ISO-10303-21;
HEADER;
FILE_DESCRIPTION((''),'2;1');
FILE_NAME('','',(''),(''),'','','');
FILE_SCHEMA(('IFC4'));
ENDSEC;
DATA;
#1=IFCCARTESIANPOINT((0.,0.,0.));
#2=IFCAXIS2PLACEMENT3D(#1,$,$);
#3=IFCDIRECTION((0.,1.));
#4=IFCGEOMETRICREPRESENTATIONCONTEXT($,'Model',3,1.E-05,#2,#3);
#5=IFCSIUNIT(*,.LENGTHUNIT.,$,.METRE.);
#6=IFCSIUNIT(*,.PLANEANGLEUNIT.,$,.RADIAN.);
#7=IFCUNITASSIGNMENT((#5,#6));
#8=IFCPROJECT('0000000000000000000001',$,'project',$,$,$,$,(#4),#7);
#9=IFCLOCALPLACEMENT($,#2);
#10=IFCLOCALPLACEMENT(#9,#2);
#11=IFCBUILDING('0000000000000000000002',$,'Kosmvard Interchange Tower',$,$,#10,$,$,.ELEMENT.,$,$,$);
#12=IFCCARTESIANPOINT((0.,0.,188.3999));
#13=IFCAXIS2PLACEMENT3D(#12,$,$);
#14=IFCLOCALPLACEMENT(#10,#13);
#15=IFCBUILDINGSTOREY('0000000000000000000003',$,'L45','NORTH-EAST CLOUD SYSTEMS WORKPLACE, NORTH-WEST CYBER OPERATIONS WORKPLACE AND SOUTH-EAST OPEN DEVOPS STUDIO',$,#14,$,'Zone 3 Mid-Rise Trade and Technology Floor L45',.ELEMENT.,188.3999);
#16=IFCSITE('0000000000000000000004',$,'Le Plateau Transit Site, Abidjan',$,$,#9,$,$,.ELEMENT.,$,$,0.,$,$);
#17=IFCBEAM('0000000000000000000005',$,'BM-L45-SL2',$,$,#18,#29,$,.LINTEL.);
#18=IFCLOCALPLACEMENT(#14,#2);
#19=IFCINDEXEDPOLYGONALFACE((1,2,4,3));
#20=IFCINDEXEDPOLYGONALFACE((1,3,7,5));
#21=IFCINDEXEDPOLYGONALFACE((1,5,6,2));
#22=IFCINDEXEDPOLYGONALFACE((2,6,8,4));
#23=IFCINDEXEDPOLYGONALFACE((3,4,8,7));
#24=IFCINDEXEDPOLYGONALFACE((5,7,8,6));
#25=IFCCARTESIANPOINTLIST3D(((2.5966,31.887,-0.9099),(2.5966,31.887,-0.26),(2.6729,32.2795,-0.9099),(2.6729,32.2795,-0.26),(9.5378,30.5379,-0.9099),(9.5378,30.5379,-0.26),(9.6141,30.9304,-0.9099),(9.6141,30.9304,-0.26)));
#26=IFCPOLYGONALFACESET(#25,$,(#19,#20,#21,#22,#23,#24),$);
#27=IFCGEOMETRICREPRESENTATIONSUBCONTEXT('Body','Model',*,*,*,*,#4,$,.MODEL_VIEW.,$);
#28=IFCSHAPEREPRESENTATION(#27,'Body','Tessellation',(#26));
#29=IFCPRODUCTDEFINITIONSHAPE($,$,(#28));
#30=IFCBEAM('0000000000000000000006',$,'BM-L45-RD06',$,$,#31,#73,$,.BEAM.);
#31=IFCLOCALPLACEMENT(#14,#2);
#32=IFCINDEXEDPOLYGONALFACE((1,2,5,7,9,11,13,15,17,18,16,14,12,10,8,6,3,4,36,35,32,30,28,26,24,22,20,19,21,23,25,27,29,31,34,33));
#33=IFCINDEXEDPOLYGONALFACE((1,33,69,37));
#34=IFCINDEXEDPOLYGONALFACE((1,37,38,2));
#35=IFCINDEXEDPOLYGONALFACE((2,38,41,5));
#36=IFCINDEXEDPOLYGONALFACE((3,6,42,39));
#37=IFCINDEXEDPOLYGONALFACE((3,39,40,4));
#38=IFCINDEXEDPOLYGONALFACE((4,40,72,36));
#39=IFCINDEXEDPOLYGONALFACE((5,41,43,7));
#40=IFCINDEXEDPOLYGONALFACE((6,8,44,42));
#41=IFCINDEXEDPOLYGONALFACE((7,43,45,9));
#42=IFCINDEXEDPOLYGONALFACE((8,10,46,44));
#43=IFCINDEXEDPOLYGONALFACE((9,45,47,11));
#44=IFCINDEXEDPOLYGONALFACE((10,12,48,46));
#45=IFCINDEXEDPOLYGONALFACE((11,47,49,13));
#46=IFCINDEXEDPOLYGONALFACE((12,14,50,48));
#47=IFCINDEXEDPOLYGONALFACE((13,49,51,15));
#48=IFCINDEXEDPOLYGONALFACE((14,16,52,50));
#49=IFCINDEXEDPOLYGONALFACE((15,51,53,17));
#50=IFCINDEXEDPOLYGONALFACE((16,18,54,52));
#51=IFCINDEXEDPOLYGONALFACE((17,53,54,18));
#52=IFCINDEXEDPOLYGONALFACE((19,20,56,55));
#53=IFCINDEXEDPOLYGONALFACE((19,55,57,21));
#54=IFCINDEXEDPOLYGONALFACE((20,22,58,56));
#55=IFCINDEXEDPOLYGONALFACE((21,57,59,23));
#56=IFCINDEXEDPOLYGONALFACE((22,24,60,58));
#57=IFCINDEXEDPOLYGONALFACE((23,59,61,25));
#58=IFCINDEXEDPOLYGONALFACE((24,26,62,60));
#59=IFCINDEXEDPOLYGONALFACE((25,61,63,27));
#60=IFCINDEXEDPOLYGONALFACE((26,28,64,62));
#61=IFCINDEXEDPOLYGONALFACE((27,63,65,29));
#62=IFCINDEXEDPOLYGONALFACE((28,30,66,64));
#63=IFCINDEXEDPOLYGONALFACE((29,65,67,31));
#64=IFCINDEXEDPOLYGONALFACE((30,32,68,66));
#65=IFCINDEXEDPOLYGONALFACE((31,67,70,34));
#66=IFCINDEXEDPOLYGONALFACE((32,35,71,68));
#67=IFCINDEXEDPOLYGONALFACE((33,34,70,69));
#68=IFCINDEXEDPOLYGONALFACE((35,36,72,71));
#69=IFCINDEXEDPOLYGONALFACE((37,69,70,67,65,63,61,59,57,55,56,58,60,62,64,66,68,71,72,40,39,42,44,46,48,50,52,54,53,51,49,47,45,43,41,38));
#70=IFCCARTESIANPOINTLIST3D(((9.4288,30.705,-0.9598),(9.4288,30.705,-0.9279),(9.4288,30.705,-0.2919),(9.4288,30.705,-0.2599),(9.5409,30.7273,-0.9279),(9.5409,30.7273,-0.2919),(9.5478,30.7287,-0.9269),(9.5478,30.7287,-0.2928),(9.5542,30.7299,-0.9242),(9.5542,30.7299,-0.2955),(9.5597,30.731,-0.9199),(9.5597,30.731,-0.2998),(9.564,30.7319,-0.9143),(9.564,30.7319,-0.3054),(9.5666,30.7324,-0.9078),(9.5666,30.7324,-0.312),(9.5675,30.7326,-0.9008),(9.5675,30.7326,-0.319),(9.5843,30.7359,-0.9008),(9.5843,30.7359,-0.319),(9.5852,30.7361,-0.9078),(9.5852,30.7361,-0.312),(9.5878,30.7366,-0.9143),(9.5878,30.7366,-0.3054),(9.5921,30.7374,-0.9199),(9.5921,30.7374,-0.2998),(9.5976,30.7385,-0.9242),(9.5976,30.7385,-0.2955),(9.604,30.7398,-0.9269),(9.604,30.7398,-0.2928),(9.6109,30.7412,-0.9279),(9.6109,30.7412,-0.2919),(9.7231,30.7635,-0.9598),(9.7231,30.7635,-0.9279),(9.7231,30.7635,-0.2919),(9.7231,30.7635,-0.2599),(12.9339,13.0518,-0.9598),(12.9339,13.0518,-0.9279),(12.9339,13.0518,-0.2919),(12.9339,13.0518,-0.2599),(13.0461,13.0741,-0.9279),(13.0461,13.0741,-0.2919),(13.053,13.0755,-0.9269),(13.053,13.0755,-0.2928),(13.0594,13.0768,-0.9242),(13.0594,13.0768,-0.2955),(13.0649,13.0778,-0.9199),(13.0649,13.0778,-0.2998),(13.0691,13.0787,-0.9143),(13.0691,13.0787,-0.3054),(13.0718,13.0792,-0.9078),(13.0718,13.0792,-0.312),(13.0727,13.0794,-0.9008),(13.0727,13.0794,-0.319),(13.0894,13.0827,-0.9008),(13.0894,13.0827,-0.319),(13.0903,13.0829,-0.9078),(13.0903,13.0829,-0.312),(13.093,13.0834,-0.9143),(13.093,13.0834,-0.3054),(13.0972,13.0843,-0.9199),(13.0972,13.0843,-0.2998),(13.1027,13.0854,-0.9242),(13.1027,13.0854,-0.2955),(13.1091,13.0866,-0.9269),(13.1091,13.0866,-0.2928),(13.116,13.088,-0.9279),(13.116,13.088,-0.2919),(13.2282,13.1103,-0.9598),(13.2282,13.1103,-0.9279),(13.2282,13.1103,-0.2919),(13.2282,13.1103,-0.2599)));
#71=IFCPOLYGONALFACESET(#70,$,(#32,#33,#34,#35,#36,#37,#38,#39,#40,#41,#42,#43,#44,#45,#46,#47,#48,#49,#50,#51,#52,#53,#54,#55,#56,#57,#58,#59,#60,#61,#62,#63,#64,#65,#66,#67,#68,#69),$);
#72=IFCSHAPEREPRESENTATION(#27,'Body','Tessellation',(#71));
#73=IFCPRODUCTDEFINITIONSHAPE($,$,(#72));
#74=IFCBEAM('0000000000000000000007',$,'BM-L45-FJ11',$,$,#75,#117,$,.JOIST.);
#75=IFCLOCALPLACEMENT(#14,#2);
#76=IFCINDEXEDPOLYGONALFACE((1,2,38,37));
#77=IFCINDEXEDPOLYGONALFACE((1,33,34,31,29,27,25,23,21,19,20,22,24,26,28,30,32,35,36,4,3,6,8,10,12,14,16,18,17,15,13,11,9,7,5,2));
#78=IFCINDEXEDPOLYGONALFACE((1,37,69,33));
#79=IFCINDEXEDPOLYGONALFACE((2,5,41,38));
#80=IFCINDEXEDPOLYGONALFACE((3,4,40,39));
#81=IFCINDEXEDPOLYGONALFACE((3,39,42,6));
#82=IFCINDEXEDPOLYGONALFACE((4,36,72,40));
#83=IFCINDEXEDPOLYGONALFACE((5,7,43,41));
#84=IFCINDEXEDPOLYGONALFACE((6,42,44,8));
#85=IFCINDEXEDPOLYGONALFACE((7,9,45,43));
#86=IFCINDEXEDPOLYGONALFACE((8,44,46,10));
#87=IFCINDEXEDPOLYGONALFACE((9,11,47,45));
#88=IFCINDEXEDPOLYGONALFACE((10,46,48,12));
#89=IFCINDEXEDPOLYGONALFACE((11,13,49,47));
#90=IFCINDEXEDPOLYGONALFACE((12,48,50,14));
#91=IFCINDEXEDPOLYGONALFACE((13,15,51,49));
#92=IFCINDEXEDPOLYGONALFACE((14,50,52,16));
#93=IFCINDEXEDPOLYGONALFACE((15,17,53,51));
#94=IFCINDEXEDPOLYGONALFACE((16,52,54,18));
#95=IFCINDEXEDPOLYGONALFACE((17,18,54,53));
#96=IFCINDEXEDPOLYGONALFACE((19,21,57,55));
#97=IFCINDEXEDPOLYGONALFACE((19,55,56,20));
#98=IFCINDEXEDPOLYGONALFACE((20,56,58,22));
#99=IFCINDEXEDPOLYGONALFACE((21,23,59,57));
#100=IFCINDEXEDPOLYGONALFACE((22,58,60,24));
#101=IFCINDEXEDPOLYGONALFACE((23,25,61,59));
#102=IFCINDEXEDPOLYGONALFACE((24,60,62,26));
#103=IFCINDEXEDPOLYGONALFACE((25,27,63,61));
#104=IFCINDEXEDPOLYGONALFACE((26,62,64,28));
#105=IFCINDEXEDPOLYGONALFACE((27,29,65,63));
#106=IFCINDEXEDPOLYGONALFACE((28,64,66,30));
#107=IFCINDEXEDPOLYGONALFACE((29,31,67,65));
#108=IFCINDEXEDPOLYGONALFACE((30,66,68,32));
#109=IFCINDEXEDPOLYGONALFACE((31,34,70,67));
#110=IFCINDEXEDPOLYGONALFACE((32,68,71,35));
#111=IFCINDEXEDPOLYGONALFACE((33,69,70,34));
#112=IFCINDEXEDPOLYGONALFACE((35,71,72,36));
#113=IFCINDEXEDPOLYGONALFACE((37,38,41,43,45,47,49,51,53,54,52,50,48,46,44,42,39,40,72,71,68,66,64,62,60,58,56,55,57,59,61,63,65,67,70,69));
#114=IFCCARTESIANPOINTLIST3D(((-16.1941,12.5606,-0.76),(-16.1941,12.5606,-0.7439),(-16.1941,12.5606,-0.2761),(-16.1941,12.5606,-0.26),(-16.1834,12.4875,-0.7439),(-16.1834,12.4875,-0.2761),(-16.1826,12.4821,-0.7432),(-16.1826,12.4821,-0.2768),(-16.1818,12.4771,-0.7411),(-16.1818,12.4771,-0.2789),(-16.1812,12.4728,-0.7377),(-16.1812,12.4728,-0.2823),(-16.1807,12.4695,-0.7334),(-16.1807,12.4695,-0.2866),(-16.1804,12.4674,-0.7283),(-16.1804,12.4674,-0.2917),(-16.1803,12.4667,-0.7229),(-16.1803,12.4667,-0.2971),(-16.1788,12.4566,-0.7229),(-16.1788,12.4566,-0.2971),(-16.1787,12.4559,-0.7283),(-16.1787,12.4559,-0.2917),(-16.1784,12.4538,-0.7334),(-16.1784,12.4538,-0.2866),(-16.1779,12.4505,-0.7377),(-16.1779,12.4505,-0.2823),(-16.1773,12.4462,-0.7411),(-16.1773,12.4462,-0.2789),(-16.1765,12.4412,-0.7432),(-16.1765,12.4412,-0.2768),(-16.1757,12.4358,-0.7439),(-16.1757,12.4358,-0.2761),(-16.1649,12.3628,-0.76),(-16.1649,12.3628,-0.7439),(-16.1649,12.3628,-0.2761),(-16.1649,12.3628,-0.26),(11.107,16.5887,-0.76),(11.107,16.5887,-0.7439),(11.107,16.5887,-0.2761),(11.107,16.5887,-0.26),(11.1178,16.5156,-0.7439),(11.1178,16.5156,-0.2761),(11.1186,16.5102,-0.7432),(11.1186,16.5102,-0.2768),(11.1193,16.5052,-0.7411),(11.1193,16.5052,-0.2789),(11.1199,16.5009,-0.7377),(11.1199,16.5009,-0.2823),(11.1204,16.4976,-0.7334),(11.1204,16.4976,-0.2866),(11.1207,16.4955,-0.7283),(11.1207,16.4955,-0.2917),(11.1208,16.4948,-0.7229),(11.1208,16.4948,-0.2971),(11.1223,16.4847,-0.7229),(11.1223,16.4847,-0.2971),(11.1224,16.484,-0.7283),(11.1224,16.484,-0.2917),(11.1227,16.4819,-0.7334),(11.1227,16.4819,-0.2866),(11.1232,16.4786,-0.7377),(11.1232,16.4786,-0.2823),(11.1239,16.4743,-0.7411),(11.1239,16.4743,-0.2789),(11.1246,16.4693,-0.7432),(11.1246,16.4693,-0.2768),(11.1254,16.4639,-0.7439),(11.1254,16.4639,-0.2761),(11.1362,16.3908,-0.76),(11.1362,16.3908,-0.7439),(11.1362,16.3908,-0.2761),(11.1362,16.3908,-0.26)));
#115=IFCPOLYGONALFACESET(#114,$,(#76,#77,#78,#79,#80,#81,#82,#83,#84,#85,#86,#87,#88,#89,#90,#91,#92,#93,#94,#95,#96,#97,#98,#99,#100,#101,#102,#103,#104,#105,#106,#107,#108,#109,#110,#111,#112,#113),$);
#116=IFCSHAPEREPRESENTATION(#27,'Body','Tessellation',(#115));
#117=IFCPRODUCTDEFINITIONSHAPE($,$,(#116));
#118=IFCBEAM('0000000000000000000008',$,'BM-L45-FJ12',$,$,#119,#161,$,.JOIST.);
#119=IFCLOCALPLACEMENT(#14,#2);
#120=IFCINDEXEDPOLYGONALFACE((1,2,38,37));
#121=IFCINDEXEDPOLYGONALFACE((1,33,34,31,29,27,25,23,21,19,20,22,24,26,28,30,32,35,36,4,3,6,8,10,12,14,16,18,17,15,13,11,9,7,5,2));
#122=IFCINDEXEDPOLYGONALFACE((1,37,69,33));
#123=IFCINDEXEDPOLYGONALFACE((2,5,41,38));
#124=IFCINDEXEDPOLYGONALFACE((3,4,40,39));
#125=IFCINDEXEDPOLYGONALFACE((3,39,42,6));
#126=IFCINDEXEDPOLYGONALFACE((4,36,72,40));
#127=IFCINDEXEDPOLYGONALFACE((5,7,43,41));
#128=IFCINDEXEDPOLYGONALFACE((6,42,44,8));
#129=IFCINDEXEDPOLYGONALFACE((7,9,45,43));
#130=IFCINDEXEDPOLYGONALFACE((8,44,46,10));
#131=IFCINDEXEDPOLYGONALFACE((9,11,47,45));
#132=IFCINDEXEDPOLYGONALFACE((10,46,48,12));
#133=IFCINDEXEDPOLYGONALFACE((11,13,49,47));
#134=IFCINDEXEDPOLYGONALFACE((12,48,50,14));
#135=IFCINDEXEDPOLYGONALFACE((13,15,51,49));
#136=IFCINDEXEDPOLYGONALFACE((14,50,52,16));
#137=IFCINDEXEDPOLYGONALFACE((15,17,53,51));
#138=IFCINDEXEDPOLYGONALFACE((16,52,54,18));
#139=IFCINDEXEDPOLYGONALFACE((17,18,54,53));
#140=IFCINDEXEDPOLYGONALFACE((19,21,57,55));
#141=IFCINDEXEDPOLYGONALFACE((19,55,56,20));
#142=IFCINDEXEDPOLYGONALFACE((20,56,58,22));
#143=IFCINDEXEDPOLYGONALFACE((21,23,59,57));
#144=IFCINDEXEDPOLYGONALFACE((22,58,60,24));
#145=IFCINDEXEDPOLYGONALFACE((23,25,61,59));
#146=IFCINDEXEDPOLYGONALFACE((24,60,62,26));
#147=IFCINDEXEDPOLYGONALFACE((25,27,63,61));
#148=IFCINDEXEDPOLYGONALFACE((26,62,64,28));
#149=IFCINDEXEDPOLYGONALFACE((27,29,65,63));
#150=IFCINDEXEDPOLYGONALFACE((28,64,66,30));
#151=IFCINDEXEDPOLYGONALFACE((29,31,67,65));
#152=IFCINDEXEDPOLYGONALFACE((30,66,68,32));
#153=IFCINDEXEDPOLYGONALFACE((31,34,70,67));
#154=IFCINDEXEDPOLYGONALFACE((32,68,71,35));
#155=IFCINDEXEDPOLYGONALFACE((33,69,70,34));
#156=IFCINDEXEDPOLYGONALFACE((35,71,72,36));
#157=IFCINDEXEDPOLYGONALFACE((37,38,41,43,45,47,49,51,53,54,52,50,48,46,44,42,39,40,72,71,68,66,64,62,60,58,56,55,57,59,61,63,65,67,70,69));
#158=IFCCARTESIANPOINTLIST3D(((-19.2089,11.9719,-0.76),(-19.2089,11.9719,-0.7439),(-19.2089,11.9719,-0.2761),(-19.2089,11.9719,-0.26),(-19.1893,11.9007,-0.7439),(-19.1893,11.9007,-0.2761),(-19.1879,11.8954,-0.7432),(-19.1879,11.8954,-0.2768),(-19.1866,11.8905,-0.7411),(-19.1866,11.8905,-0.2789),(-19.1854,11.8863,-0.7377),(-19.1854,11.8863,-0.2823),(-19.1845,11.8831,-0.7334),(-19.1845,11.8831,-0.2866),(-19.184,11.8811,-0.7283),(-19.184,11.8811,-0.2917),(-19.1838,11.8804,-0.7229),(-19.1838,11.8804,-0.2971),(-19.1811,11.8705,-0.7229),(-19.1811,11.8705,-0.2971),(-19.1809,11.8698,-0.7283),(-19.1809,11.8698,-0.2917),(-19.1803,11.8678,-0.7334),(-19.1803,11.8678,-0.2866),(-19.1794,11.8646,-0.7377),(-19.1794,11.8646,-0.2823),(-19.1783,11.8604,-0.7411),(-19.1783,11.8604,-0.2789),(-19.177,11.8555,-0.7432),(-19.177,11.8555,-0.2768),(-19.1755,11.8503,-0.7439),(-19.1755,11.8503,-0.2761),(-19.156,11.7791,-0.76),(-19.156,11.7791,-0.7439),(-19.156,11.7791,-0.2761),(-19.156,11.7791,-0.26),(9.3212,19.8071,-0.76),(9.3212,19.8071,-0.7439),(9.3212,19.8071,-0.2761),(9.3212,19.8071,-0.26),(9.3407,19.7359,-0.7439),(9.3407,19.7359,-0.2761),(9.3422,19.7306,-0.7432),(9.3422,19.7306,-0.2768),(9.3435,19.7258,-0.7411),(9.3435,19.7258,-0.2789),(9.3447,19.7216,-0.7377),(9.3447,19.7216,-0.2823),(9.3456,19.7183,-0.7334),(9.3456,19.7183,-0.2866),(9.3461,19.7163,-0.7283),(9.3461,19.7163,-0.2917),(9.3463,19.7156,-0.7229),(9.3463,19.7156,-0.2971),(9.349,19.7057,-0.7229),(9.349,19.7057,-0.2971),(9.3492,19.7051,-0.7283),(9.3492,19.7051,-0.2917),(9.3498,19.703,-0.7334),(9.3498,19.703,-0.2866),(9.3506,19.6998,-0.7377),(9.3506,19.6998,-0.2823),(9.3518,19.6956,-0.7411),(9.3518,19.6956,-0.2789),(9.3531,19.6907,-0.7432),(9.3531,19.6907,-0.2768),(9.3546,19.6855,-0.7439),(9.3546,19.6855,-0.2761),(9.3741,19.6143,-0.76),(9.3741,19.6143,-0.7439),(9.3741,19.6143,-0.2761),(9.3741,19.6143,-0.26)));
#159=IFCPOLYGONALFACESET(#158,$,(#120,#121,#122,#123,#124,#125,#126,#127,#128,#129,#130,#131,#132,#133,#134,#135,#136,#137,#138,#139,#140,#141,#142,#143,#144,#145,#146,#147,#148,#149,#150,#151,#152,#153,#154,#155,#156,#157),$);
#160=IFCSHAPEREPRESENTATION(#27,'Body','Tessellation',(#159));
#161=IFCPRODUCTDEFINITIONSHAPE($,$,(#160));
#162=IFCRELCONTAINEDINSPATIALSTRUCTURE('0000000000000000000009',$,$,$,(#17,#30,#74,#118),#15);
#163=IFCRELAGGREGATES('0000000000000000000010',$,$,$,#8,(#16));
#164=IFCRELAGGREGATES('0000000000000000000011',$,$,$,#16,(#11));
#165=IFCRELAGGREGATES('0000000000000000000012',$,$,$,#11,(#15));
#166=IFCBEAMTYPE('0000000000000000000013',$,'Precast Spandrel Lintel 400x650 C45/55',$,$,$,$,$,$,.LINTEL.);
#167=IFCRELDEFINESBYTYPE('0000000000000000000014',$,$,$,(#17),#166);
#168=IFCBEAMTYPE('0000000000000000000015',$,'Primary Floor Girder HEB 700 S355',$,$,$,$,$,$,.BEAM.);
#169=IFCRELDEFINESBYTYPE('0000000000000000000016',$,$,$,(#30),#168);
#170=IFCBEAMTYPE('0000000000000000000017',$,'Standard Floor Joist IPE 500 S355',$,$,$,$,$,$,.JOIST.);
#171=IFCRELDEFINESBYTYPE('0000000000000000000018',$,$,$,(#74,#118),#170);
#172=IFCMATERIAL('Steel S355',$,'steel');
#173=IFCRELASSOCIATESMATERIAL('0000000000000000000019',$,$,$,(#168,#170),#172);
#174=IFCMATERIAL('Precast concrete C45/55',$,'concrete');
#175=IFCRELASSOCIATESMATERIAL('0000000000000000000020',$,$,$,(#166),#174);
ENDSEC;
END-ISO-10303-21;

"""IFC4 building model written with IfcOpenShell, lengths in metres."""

from ifc_helpers import new_model, si_unit, direction, frame, origin, origin_2d, place, context, subcontext, project, spatial, rectangle, i_section, extrude, source, transform, mapped, material, material_profile, profile_set, type_object, element, save


model = new_model("IFC4")

# Units and contexts
model_context = context("Model", 3, precision=1e-05, world=origin(), true_north=direction((0.0, 1.0)))
body_context = subcontext(model_context, "Body", "Model", "MODEL_VIEW")
ifc_project = project(units=[si_unit("LENGTHUNIT", "METRE"), si_unit("PLANEANGLEUNIT", "RADIAN")], contexts=[model_context])

# Site, building, storey
site_placement = place(None, origin())
site = spatial("IfcSite", under=ifc_project, at=site_placement, Name="Le Plateau Transit Site, Abidjan", CompositionType="ELEMENT", RefElevation=0.0)
building_placement = place(site_placement, origin())
building = spatial("IfcBuilding", under=site, at=building_placement, Name="Kosmvard Interchange Tower", CompositionType="ELEMENT")
storey_placement = place(building_placement, frame((0.0, 0.0, 188.3999)))
storey = spatial("IfcBuildingStorey", under=building, at=storey_placement, Name="L45", Description="NORTH-EAST CLOUD SYSTEMS WORKPLACE, NORTH-WEST CYBER OPERATIONS WORKPLACE AND SOUTH-EAST OPEN DEVOPS STUDIO", LongName="Zone 3 Mid-Rise Trade and Technology Floor L45", CompositionType="ELEMENT", Elevation=188.3999)

# Beams
ifc_material_1 = material(Name="Steel S355", Category="steel")
ifc_material_profile_1 = material_profile(ifc_material_1, i_section(OverallWidth=0.3, OverallDepth=0.7, WebThickness=0.0171, FlangeThickness=0.032, FilletRadius=0.0271, at=origin_2d()), Name="HEB 700")
ifc_profile_set_1 = profile_set([ifc_material_profile_1], Name="Steel S355")
beam_type_1 = type_object("IfcBeamType", Name="Primary Floor Girder HEB 700 S355", PredefinedType="BEAM", material=ifc_profile_set_1)
ifc_material_2 = material(Name="Precast concrete C45/55", Category="concrete")
ifc_material_profile_2 = material_profile(ifc_material_2, rectangle(XDim=0.3999, YDim=0.6499, at=origin_2d()), Name="SL 400x650")
ifc_profile_set_2 = profile_set([ifc_material_profile_2], Name="Precast concrete C45/55")
beam_type_2 = type_object("IfcBeamType", Name="Precast Spandrel Lintel 400x650 C45/55", PredefinedType="LINTEL", material=ifc_profile_set_2)
shared_shape_1 = source(origin(), body_context, "Body", "SweptSolid", [
    extrude(rectangle(XDim=0.3999, YDim=0.6499, at=origin_2d()), origin(), (0.0, 0.0, 1.0), 7.071),
])
beam_1_placement = place(storey_placement, frame((9.5759, 30.7341, -0.585), z_axis=(-0.98163, 0.190795, 0.0), x_axis=(-0.190795, -0.98163, 0.0)))
element("IfcBeam", 1, at=beam_1_placement, inside=storey, type_object=beam_type_2, Name="BM-L45-SL2", PredefinedType="LINTEL", context=body_context, shape_type="MappedRepresentation", body=[
    mapped(shared_shape_1, transform((0.0, 0.0, 0.0), scale=1.0)),
])
shared_shape_2 = source(origin(), body_context, "Body", "SweptSolid", [
    extrude(i_section(OverallWidth=0.3, OverallDepth=0.7, WebThickness=0.0171, FlangeThickness=0.032, FilletRadius=0.0271, at=origin_2d()), origin(), (0.0, 0.0, 1.0), 17.9978),
])
beam_2_placement = place(storey_placement, frame((13.0811, 13.0811, -0.6099), z_axis=(-0.194754, 0.980852, 0.0), x_axis=(-0.980852, -0.194754, 0.0)))
element("IfcBeam", 2, at=beam_2_placement, inside=storey, type_object=beam_type_1, Name="BM-L45-RD06", PredefinedType="BEAM", context=body_context, shape_type="MappedRepresentation", body=[
    mapped(shared_shape_2, transform((0.0, 0.0, 0.0), scale=1.0)),
])
ifc_material_profile_3 = material_profile(ifc_material_1, i_section(OverallWidth=0.2, OverallDepth=0.5, WebThickness=0.0103, FlangeThickness=0.0161, FilletRadius=0.021, at=origin_2d()), Name="IPE 500")
ifc_profile_set_3 = profile_set([ifc_material_profile_3], Name="Steel S355")
beam_type_3 = type_object("IfcBeamType", Name="Standard Floor Joist IPE 500 S355", PredefinedType="JOIST", material=ifc_profile_set_3)
shared_shape_3 = source(origin(), body_context, "Body", "SweptSolid", [
    extrude(i_section(OverallWidth=0.2, OverallDepth=0.5, WebThickness=0.0103, FlangeThickness=0.0161, FilletRadius=0.021, at=origin_2d()), origin(), (0.0, 0.0, 1.0), 27.5967),
])
beam_3_placement = place(storey_placement, frame((11.1216, 16.4897, -0.51), z_axis=(-0.98929, -0.145963, 0.0), x_axis=(0.145963, -0.98929, 0.0)))
element("IfcBeam", 3, at=beam_3_placement, inside=storey, type_object=beam_type_3, Name="BM-L45-FJ11", PredefinedType="JOIST", context=body_context, shape_type="MappedRepresentation", body=[
    mapped(shared_shape_3, transform((0.0, 0.0, 0.0), scale=1.0)),
])
shared_shape_4 = source(origin(), body_context, "Body", "SweptSolid", [
    extrude(i_section(OverallWidth=0.2, OverallDepth=0.5, WebThickness=0.0103, FlangeThickness=0.0161, FilletRadius=0.021, at=origin_2d()), origin(), (0.0, 0.0, 1.0), 29.5864),
])
beam_4_placement = place(storey_placement, frame((9.3477, 19.7107, -0.51), z_axis=(-0.964297, -0.264825, 0.0), x_axis=(0.264825, -0.964297, 0.0)))
element("IfcBeam", 4, at=beam_4_placement, inside=storey, type_object=beam_type_3, Name="BM-L45-FJ12", PredefinedType="JOIST", context=body_context, shape_type="MappedRepresentation", body=[
    mapped(shared_shape_4, transform((0.0, 0.0, 0.0), scale=1.0)),
])

save(model, "model.ifc")
